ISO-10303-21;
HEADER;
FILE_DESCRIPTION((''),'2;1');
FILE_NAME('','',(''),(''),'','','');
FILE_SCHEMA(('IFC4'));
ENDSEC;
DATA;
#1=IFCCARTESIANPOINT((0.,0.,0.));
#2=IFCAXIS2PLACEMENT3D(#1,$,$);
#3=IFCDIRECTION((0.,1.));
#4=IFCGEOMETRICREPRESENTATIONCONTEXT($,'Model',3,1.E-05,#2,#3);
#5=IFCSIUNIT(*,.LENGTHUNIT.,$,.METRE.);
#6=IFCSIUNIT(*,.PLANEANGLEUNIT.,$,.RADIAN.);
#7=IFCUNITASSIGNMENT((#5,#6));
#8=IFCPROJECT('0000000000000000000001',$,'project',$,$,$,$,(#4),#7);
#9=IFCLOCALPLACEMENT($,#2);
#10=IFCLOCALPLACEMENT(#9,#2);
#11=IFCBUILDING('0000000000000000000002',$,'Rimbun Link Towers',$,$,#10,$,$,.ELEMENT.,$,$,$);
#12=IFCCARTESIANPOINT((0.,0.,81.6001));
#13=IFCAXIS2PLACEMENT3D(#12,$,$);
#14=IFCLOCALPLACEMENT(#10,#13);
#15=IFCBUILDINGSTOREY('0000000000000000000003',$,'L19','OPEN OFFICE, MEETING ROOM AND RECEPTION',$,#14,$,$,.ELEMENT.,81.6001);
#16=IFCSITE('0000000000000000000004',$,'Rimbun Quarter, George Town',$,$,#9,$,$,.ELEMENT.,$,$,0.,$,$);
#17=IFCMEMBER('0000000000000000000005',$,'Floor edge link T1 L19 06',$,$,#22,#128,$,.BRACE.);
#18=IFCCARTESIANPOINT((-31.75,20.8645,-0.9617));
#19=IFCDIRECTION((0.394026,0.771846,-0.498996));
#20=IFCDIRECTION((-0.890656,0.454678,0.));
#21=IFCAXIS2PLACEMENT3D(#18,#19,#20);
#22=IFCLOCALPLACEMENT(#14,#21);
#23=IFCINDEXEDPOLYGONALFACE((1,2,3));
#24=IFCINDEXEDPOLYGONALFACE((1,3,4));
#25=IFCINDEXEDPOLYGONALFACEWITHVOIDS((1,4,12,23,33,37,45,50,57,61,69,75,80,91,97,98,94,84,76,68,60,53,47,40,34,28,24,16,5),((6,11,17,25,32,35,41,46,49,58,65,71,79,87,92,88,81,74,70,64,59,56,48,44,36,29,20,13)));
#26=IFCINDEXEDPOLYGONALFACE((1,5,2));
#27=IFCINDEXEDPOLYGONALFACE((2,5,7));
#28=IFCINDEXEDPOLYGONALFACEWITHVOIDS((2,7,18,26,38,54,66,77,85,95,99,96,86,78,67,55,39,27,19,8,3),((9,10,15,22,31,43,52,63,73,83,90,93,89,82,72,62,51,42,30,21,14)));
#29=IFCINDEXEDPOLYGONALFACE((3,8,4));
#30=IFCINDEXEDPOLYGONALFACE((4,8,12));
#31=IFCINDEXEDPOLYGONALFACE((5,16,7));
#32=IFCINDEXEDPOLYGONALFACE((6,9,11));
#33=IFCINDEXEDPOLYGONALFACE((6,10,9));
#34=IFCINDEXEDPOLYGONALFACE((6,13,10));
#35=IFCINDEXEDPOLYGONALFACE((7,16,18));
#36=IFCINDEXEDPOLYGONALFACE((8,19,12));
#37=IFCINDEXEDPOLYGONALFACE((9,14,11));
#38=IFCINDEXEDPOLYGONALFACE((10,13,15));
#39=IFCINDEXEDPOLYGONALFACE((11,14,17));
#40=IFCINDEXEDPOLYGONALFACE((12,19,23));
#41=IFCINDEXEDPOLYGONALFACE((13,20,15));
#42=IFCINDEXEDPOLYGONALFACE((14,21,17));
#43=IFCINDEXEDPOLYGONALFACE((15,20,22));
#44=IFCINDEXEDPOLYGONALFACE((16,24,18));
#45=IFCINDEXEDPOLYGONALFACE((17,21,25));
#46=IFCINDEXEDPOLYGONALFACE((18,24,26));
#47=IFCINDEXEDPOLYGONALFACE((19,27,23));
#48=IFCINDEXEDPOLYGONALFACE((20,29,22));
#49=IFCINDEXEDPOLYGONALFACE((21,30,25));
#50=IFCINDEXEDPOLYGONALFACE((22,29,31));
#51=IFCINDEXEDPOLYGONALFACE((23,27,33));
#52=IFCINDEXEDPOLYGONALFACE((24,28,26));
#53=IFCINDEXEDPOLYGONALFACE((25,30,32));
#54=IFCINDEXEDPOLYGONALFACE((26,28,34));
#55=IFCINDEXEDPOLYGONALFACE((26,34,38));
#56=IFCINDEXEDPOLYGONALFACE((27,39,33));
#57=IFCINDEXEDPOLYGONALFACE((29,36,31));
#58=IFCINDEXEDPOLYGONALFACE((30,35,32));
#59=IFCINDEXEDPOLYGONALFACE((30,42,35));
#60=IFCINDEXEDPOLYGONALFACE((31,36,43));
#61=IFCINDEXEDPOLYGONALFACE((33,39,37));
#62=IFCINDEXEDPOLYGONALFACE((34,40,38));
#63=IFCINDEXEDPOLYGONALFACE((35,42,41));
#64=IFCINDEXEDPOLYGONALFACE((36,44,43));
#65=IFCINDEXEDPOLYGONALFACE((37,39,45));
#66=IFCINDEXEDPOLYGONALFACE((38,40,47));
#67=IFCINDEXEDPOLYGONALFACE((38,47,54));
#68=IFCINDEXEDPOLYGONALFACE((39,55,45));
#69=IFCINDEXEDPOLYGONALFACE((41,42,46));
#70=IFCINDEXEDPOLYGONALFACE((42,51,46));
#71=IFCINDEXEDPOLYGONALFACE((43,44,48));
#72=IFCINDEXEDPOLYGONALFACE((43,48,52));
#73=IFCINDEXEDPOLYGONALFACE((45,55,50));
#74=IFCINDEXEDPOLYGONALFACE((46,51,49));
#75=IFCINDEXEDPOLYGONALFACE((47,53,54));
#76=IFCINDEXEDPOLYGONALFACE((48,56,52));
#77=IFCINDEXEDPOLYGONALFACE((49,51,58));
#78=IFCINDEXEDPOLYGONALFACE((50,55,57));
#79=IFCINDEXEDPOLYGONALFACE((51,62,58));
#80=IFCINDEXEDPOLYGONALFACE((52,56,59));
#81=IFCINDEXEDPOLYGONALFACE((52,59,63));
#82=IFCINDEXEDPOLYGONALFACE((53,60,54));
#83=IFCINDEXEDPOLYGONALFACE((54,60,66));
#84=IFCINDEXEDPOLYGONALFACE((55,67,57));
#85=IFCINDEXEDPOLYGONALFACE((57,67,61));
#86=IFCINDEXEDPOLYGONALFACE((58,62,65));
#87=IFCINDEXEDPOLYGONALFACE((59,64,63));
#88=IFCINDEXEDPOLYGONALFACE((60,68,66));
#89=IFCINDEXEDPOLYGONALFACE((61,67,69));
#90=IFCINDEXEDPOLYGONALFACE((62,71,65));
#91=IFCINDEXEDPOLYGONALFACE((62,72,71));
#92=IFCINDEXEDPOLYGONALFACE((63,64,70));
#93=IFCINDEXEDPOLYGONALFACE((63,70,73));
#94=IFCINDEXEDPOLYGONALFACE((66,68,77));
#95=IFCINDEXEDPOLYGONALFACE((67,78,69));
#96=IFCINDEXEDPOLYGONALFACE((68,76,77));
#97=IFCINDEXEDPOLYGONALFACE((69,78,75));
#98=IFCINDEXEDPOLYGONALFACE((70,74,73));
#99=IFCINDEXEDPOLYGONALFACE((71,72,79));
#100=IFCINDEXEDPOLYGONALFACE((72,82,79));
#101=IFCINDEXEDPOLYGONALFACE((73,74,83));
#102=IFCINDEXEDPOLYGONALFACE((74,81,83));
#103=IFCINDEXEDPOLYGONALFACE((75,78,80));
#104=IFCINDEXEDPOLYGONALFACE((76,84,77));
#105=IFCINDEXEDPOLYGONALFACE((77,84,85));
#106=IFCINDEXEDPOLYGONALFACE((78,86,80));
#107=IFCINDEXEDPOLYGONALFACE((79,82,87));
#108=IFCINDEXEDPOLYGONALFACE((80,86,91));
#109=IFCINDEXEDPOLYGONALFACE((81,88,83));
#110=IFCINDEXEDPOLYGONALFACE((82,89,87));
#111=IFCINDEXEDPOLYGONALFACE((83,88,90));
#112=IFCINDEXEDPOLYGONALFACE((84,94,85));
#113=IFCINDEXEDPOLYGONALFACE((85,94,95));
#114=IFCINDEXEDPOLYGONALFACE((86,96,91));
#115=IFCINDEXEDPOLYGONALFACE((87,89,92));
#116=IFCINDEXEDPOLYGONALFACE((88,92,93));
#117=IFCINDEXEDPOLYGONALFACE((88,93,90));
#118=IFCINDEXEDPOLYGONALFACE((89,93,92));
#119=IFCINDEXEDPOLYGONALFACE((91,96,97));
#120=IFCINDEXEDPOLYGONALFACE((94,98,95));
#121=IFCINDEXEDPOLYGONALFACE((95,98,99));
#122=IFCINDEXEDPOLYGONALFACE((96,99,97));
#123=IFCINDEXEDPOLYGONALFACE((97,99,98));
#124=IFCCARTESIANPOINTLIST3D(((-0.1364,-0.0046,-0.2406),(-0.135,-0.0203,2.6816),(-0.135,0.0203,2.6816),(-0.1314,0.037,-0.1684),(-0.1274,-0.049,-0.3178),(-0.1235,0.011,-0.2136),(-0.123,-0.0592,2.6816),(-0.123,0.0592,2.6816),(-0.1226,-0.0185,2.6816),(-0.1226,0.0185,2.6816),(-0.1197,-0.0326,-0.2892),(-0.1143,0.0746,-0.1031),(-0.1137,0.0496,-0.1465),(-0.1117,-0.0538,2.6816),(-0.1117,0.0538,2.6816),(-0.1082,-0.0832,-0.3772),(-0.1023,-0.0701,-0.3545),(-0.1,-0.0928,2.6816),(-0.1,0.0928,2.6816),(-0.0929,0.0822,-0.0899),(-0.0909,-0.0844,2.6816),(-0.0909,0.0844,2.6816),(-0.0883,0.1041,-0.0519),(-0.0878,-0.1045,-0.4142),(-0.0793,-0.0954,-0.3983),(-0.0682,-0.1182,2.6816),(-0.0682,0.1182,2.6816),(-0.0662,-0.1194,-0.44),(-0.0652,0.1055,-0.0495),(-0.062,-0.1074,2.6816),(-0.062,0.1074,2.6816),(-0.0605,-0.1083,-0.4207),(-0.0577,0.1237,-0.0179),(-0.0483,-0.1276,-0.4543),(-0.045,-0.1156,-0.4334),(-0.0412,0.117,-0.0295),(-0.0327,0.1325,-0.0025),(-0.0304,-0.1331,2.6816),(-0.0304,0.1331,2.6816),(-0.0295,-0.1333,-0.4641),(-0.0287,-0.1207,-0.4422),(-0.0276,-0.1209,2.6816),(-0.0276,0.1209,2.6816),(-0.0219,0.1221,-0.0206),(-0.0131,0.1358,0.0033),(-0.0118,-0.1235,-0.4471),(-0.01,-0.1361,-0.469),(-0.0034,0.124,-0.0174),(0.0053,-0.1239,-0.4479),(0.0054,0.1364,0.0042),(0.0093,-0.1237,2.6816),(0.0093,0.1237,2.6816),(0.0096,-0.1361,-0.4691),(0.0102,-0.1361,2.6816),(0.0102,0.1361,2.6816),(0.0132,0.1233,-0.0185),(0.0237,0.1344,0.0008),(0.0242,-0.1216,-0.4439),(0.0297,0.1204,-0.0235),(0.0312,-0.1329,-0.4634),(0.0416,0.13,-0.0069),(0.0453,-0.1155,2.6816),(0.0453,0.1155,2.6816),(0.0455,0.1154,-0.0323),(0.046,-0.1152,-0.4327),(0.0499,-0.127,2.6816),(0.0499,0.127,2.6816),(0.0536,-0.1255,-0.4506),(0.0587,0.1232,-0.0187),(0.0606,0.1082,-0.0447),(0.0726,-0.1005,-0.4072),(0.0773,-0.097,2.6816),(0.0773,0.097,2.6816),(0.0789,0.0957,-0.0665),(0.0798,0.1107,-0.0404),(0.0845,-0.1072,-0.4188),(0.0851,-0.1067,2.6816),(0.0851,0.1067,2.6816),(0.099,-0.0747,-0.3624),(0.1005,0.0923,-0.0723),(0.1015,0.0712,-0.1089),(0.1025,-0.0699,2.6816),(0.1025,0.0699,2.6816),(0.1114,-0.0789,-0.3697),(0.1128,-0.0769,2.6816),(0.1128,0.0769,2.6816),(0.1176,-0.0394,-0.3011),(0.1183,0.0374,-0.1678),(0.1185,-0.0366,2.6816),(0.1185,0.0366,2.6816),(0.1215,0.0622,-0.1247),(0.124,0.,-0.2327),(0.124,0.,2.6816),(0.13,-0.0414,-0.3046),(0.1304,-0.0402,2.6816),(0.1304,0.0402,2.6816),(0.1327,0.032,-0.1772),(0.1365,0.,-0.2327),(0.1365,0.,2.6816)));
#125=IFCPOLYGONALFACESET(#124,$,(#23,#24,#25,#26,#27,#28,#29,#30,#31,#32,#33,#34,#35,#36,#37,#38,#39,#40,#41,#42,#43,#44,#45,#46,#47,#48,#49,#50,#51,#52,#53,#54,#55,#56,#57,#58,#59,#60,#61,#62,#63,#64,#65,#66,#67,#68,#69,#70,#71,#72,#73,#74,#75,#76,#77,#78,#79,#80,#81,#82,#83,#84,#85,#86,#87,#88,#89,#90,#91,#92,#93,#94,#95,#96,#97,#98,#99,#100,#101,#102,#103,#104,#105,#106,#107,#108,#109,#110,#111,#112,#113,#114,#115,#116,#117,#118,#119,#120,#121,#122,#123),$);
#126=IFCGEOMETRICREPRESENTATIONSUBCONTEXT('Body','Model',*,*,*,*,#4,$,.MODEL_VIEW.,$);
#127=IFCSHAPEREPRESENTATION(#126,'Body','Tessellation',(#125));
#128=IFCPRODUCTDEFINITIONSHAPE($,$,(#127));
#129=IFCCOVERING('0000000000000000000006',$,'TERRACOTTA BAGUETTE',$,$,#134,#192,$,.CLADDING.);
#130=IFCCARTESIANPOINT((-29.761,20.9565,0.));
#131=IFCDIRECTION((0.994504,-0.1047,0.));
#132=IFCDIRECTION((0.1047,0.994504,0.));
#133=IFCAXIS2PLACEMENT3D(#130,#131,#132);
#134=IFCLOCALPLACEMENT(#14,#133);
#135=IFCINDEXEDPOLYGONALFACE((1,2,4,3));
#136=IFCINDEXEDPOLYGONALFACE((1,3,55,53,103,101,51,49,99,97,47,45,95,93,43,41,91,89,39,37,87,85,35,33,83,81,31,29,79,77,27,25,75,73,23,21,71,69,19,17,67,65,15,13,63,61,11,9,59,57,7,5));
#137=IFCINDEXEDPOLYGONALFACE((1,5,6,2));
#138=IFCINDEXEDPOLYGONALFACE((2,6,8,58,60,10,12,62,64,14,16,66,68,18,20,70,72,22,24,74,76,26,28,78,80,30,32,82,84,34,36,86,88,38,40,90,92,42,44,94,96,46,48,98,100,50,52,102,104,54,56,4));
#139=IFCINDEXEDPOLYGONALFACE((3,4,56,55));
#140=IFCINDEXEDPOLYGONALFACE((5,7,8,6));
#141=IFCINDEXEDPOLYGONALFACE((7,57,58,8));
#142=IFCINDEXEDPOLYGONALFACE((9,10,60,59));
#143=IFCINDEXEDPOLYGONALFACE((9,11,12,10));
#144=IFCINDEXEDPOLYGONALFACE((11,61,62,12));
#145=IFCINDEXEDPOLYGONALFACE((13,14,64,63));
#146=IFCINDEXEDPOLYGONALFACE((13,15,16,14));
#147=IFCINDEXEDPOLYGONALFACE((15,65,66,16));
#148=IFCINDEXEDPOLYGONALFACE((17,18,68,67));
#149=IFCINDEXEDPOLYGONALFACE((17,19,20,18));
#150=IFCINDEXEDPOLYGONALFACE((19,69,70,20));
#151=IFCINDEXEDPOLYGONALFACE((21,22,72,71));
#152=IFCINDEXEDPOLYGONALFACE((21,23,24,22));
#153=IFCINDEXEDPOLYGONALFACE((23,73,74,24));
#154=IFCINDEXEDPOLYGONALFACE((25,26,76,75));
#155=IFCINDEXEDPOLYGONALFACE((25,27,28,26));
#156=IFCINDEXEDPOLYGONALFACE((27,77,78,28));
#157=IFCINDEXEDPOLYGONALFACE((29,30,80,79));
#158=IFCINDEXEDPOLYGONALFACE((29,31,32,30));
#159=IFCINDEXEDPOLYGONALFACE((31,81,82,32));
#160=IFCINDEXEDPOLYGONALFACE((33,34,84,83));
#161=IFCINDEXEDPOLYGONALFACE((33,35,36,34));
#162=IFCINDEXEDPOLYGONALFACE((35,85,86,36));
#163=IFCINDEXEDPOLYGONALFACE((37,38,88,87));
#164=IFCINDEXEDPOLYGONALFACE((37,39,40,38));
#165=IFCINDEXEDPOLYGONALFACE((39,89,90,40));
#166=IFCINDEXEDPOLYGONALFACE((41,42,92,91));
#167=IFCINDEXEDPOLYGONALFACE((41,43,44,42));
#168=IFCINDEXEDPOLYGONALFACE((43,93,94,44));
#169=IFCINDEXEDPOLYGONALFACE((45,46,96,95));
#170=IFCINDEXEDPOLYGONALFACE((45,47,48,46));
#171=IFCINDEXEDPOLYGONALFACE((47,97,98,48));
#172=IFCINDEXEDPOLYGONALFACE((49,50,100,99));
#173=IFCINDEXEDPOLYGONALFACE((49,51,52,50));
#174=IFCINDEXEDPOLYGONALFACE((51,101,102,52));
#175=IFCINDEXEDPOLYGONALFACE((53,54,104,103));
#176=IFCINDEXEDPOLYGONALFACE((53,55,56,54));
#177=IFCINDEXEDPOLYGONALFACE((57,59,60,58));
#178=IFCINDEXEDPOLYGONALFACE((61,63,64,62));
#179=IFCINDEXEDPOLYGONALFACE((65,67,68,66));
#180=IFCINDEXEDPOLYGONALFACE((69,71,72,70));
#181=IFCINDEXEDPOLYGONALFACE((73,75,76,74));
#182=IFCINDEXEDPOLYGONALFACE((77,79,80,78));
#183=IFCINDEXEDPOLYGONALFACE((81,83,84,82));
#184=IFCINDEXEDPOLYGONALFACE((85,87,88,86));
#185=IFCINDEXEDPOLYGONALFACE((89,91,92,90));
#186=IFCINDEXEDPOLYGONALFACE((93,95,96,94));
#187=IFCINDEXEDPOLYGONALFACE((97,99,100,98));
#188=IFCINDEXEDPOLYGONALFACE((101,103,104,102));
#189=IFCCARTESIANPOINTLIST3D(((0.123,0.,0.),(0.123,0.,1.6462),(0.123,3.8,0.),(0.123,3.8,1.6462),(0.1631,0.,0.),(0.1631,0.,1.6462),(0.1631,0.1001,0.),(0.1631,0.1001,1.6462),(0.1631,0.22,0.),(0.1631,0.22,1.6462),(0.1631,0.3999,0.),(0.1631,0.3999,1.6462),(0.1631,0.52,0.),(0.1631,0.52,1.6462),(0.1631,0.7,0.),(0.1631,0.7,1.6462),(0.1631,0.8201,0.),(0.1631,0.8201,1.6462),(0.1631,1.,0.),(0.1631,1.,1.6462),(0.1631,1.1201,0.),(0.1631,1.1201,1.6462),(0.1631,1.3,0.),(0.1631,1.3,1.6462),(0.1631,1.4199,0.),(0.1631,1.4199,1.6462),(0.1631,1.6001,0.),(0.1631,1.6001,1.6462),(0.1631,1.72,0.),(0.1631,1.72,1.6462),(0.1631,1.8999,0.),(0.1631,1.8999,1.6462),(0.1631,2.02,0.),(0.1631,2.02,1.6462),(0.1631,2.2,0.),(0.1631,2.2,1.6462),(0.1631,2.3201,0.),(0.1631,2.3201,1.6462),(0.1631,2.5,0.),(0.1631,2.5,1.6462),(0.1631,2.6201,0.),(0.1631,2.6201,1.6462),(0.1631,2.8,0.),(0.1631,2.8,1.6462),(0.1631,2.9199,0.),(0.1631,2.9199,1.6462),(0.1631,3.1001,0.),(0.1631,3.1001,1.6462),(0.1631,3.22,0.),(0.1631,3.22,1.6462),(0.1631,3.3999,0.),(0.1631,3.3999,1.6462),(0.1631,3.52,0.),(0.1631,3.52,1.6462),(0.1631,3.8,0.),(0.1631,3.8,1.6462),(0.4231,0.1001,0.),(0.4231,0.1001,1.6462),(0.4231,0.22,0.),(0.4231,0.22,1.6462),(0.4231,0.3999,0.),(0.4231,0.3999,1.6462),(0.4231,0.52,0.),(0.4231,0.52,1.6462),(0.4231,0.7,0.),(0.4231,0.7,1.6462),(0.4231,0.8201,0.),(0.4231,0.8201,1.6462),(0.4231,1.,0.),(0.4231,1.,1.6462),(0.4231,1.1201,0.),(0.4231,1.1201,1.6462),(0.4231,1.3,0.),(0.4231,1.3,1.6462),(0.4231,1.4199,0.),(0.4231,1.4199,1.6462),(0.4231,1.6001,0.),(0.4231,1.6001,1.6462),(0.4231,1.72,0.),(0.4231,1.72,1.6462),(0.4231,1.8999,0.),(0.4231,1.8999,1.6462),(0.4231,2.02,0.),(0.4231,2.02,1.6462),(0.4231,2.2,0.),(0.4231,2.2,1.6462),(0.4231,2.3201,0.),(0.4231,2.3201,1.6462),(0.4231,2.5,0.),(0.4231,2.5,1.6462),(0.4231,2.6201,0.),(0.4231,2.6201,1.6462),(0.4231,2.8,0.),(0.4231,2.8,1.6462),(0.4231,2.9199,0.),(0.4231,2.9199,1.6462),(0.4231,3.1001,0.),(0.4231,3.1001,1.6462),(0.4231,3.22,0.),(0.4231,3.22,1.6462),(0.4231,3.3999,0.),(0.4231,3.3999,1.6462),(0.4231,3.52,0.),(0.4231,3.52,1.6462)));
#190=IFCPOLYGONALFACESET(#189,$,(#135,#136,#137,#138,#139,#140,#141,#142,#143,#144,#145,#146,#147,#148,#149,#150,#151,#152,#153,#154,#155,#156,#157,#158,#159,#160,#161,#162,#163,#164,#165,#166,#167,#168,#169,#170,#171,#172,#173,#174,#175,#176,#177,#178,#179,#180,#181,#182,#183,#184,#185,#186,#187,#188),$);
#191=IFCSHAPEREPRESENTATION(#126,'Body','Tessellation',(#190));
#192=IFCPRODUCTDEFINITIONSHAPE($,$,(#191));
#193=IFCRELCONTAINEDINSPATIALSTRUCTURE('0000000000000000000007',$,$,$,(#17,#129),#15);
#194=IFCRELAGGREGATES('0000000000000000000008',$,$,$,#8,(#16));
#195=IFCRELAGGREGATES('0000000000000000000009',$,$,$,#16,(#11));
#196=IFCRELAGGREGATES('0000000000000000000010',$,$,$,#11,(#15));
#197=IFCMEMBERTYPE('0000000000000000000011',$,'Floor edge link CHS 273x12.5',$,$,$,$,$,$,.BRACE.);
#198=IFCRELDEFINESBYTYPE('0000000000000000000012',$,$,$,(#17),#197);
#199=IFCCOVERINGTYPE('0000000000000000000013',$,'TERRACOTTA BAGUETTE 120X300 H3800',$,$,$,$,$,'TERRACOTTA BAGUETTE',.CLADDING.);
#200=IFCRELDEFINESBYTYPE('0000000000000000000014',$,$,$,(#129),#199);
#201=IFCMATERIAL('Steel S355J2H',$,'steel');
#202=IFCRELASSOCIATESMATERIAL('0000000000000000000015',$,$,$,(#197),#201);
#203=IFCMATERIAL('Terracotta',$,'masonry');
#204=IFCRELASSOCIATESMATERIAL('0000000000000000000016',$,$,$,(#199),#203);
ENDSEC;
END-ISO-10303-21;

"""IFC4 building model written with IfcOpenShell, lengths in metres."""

from ifc_helpers import new_model, si_unit, direction, frame, origin, origin_2d, place, context, subcontext, project, spatial, polyline, hollow_circle, outline, extrude, clip, halfspace, material, material_profile, profile_set, type_object, element, save


model = new_model("IFC4")

# Units and contexts
model_context = context("Model", 3, precision=1e-05, world=origin(), true_north=direction((0.0, 1.0)))
body_context = subcontext(model_context, "Body", "Model", "MODEL_VIEW")
ifc_project = project(units=[si_unit("LENGTHUNIT", "METRE"), si_unit("PLANEANGLEUNIT", "RADIAN")], contexts=[model_context])

# Site, building, storey
site_placement = place(None, origin())
site = spatial("IfcSite", under=ifc_project, at=site_placement, Name="Rimbun Quarter, George Town", CompositionType="ELEMENT", RefElevation=0.0)
building_placement = place(site_placement, origin())
building = spatial("IfcBuilding", under=site, at=building_placement, Name="Rimbun Link Towers", CompositionType="ELEMENT")
storey_placement = place(building_placement, frame((0.0, 0.0, 81.6001)))
storey = spatial("IfcBuildingStorey", under=building, at=storey_placement, Name="L19", Description="OPEN OFFICE, MEETING ROOM AND RECEPTION", CompositionType="ELEMENT", Elevation=81.6001)

# Member
ifc_material_1 = material(Name="Steel S355J2H", Category="steel")
ifc_material_profile_1 = material_profile(ifc_material_1, hollow_circle(Radius=0.1365, WallThickness=0.0125, at=origin_2d()), Name="CHS 273x12.5")
ifc_profile_set_1 = profile_set([ifc_material_profile_1], Name="Steel S355J2H")
member_type_1 = type_object("IfcMemberType", Name="Floor edge link CHS 273x12.5", PredefinedType="BRACE", material=ifc_profile_set_1)
member_1_placement = place(storey_placement, frame((-31.75, 20.8645, -0.9617), z_axis=(0.394026, 0.771846, -0.498996), x_axis=(-0.890656, 0.454678, 0.0)))
element("IfcMember", 1, at=member_1_placement, inside=storey, type_object=member_type_1, Name="Floor edge link T1 L19 06", PredefinedType="BRACE", context=body_context, shape_type="Clipping", body=[
    clip(extrude(hollow_circle(Radius=0.1365, WallThickness=0.0125, at=origin_2d()), frame((0.0, 0.0, -0.4941)), (0.0, 0.0, 1.0), 3.1758), halfspace(frame((0.0, 0.0, -0.2327), z_axis=(0.0, 0.866604, -0.498996)), False)),
])

# Covering
ifc_material_2 = material(Name="Terracotta", Category="masonry")
ifc_material_profile_2 = material_profile(ifc_material_2, outline(polyline([(0.123, 0.0), (0.1631, 0.0), (0.1631, 0.1001), (0.4231, 0.1001), (0.4231, 0.22), (0.1631, 0.22), (0.1631, 0.3999), (0.4231, 0.3999), (0.4231, 0.52), (0.1631, 0.52), (0.1631, 0.7), (0.4231, 0.7), (0.4231, 0.8201), (0.1631, 0.8201), (0.1631, 1.0), (0.4231, 1.0), (0.4231, 1.1201), (0.1631, 1.1201), (0.1631, 1.3), (0.4231, 1.3), (0.4231, 1.4199), (0.1631, 1.4199), (0.1631, 1.6001), (0.4231, 1.6001), (0.4231, 1.72), (0.1631, 1.72), (0.1631, 1.8999), (0.4231, 1.8999), (0.4231, 2.02), (0.1631, 2.02), (0.1631, 2.2), (0.4231, 2.2), (0.4231, 2.3201), (0.1631, 2.3201), (0.1631, 2.5), (0.4231, 2.5), (0.4231, 2.6201), (0.1631, 2.6201), (0.1631, 2.8), (0.4231, 2.8), (0.4231, 2.9199), (0.1631, 2.9199), (0.1631, 3.1001), (0.4231, 3.1001), (0.4231, 3.22), (0.1631, 3.22), (0.1631, 3.3999), (0.4231, 3.3999), (0.4231, 3.52), (0.1631, 3.52), (0.1631, 3.8), (0.123, 3.8), (0.123, 0.0)])), Name="BAGUETTE 120X300")
ifc_profile_set_2 = profile_set([ifc_material_profile_2], Name="Terracotta")
covering_type = type_object("IfcCoveringType", Name="TERRACOTTA BAGUETTE 120X300 H3800", ElementType="TERRACOTTA BAGUETTE", PredefinedType="CLADDING", material=ifc_profile_set_2)
covering_1_placement = place(storey_placement, frame((-29.761, 20.9565, 0.0), z_axis=(0.994504, -0.1047, 0.0), x_axis=(0.1047, 0.994504, 0.0)))
element("IfcCovering", 2, at=covering_1_placement, inside=storey, type_object=covering_type, Name="TERRACOTTA BAGUETTE", PredefinedType="CLADDING", context=body_context, shape_type="SweptSolid", body=[
    extrude(outline(polyline([(0.123, 0.0), (0.1631, 0.0), (0.1631, 0.1001), (0.4231, 0.1001), (0.4231, 0.22), (0.1631, 0.22), (0.1631, 0.3999), (0.4231, 0.3999), (0.4231, 0.52), (0.1631, 0.52), (0.1631, 0.7), (0.4231, 0.7), (0.4231, 0.8201), (0.1631, 0.8201), (0.1631, 1.0), (0.4231, 1.0), (0.4231, 1.1201), (0.1631, 1.1201), (0.1631, 1.3), (0.4231, 1.3), (0.4231, 1.4199), (0.1631, 1.4199), (0.1631, 1.6001), (0.4231, 1.6001), (0.4231, 1.72), (0.1631, 1.72), (0.1631, 1.8999), (0.4231, 1.8999), (0.4231, 2.02), (0.1631, 2.02), (0.1631, 2.2), (0.4231, 2.2), (0.4231, 2.3201), (0.1631, 2.3201), (0.1631, 2.5), (0.4231, 2.5), (0.4231, 2.6201), (0.1631, 2.6201), (0.1631, 2.8), (0.4231, 2.8), (0.4231, 2.9199), (0.1631, 2.9199), (0.1631, 3.1001), (0.4231, 3.1001), (0.4231, 3.22), (0.1631, 3.22), (0.1631, 3.3999), (0.4231, 3.3999), (0.4231, 3.52), (0.1631, 3.52), (0.1631, 3.8), (0.123, 3.8), (0.123, 0.0)])), origin(), (0.0, 0.0, 1.0), 1.6462),
])

save(model, "model.ifc")
